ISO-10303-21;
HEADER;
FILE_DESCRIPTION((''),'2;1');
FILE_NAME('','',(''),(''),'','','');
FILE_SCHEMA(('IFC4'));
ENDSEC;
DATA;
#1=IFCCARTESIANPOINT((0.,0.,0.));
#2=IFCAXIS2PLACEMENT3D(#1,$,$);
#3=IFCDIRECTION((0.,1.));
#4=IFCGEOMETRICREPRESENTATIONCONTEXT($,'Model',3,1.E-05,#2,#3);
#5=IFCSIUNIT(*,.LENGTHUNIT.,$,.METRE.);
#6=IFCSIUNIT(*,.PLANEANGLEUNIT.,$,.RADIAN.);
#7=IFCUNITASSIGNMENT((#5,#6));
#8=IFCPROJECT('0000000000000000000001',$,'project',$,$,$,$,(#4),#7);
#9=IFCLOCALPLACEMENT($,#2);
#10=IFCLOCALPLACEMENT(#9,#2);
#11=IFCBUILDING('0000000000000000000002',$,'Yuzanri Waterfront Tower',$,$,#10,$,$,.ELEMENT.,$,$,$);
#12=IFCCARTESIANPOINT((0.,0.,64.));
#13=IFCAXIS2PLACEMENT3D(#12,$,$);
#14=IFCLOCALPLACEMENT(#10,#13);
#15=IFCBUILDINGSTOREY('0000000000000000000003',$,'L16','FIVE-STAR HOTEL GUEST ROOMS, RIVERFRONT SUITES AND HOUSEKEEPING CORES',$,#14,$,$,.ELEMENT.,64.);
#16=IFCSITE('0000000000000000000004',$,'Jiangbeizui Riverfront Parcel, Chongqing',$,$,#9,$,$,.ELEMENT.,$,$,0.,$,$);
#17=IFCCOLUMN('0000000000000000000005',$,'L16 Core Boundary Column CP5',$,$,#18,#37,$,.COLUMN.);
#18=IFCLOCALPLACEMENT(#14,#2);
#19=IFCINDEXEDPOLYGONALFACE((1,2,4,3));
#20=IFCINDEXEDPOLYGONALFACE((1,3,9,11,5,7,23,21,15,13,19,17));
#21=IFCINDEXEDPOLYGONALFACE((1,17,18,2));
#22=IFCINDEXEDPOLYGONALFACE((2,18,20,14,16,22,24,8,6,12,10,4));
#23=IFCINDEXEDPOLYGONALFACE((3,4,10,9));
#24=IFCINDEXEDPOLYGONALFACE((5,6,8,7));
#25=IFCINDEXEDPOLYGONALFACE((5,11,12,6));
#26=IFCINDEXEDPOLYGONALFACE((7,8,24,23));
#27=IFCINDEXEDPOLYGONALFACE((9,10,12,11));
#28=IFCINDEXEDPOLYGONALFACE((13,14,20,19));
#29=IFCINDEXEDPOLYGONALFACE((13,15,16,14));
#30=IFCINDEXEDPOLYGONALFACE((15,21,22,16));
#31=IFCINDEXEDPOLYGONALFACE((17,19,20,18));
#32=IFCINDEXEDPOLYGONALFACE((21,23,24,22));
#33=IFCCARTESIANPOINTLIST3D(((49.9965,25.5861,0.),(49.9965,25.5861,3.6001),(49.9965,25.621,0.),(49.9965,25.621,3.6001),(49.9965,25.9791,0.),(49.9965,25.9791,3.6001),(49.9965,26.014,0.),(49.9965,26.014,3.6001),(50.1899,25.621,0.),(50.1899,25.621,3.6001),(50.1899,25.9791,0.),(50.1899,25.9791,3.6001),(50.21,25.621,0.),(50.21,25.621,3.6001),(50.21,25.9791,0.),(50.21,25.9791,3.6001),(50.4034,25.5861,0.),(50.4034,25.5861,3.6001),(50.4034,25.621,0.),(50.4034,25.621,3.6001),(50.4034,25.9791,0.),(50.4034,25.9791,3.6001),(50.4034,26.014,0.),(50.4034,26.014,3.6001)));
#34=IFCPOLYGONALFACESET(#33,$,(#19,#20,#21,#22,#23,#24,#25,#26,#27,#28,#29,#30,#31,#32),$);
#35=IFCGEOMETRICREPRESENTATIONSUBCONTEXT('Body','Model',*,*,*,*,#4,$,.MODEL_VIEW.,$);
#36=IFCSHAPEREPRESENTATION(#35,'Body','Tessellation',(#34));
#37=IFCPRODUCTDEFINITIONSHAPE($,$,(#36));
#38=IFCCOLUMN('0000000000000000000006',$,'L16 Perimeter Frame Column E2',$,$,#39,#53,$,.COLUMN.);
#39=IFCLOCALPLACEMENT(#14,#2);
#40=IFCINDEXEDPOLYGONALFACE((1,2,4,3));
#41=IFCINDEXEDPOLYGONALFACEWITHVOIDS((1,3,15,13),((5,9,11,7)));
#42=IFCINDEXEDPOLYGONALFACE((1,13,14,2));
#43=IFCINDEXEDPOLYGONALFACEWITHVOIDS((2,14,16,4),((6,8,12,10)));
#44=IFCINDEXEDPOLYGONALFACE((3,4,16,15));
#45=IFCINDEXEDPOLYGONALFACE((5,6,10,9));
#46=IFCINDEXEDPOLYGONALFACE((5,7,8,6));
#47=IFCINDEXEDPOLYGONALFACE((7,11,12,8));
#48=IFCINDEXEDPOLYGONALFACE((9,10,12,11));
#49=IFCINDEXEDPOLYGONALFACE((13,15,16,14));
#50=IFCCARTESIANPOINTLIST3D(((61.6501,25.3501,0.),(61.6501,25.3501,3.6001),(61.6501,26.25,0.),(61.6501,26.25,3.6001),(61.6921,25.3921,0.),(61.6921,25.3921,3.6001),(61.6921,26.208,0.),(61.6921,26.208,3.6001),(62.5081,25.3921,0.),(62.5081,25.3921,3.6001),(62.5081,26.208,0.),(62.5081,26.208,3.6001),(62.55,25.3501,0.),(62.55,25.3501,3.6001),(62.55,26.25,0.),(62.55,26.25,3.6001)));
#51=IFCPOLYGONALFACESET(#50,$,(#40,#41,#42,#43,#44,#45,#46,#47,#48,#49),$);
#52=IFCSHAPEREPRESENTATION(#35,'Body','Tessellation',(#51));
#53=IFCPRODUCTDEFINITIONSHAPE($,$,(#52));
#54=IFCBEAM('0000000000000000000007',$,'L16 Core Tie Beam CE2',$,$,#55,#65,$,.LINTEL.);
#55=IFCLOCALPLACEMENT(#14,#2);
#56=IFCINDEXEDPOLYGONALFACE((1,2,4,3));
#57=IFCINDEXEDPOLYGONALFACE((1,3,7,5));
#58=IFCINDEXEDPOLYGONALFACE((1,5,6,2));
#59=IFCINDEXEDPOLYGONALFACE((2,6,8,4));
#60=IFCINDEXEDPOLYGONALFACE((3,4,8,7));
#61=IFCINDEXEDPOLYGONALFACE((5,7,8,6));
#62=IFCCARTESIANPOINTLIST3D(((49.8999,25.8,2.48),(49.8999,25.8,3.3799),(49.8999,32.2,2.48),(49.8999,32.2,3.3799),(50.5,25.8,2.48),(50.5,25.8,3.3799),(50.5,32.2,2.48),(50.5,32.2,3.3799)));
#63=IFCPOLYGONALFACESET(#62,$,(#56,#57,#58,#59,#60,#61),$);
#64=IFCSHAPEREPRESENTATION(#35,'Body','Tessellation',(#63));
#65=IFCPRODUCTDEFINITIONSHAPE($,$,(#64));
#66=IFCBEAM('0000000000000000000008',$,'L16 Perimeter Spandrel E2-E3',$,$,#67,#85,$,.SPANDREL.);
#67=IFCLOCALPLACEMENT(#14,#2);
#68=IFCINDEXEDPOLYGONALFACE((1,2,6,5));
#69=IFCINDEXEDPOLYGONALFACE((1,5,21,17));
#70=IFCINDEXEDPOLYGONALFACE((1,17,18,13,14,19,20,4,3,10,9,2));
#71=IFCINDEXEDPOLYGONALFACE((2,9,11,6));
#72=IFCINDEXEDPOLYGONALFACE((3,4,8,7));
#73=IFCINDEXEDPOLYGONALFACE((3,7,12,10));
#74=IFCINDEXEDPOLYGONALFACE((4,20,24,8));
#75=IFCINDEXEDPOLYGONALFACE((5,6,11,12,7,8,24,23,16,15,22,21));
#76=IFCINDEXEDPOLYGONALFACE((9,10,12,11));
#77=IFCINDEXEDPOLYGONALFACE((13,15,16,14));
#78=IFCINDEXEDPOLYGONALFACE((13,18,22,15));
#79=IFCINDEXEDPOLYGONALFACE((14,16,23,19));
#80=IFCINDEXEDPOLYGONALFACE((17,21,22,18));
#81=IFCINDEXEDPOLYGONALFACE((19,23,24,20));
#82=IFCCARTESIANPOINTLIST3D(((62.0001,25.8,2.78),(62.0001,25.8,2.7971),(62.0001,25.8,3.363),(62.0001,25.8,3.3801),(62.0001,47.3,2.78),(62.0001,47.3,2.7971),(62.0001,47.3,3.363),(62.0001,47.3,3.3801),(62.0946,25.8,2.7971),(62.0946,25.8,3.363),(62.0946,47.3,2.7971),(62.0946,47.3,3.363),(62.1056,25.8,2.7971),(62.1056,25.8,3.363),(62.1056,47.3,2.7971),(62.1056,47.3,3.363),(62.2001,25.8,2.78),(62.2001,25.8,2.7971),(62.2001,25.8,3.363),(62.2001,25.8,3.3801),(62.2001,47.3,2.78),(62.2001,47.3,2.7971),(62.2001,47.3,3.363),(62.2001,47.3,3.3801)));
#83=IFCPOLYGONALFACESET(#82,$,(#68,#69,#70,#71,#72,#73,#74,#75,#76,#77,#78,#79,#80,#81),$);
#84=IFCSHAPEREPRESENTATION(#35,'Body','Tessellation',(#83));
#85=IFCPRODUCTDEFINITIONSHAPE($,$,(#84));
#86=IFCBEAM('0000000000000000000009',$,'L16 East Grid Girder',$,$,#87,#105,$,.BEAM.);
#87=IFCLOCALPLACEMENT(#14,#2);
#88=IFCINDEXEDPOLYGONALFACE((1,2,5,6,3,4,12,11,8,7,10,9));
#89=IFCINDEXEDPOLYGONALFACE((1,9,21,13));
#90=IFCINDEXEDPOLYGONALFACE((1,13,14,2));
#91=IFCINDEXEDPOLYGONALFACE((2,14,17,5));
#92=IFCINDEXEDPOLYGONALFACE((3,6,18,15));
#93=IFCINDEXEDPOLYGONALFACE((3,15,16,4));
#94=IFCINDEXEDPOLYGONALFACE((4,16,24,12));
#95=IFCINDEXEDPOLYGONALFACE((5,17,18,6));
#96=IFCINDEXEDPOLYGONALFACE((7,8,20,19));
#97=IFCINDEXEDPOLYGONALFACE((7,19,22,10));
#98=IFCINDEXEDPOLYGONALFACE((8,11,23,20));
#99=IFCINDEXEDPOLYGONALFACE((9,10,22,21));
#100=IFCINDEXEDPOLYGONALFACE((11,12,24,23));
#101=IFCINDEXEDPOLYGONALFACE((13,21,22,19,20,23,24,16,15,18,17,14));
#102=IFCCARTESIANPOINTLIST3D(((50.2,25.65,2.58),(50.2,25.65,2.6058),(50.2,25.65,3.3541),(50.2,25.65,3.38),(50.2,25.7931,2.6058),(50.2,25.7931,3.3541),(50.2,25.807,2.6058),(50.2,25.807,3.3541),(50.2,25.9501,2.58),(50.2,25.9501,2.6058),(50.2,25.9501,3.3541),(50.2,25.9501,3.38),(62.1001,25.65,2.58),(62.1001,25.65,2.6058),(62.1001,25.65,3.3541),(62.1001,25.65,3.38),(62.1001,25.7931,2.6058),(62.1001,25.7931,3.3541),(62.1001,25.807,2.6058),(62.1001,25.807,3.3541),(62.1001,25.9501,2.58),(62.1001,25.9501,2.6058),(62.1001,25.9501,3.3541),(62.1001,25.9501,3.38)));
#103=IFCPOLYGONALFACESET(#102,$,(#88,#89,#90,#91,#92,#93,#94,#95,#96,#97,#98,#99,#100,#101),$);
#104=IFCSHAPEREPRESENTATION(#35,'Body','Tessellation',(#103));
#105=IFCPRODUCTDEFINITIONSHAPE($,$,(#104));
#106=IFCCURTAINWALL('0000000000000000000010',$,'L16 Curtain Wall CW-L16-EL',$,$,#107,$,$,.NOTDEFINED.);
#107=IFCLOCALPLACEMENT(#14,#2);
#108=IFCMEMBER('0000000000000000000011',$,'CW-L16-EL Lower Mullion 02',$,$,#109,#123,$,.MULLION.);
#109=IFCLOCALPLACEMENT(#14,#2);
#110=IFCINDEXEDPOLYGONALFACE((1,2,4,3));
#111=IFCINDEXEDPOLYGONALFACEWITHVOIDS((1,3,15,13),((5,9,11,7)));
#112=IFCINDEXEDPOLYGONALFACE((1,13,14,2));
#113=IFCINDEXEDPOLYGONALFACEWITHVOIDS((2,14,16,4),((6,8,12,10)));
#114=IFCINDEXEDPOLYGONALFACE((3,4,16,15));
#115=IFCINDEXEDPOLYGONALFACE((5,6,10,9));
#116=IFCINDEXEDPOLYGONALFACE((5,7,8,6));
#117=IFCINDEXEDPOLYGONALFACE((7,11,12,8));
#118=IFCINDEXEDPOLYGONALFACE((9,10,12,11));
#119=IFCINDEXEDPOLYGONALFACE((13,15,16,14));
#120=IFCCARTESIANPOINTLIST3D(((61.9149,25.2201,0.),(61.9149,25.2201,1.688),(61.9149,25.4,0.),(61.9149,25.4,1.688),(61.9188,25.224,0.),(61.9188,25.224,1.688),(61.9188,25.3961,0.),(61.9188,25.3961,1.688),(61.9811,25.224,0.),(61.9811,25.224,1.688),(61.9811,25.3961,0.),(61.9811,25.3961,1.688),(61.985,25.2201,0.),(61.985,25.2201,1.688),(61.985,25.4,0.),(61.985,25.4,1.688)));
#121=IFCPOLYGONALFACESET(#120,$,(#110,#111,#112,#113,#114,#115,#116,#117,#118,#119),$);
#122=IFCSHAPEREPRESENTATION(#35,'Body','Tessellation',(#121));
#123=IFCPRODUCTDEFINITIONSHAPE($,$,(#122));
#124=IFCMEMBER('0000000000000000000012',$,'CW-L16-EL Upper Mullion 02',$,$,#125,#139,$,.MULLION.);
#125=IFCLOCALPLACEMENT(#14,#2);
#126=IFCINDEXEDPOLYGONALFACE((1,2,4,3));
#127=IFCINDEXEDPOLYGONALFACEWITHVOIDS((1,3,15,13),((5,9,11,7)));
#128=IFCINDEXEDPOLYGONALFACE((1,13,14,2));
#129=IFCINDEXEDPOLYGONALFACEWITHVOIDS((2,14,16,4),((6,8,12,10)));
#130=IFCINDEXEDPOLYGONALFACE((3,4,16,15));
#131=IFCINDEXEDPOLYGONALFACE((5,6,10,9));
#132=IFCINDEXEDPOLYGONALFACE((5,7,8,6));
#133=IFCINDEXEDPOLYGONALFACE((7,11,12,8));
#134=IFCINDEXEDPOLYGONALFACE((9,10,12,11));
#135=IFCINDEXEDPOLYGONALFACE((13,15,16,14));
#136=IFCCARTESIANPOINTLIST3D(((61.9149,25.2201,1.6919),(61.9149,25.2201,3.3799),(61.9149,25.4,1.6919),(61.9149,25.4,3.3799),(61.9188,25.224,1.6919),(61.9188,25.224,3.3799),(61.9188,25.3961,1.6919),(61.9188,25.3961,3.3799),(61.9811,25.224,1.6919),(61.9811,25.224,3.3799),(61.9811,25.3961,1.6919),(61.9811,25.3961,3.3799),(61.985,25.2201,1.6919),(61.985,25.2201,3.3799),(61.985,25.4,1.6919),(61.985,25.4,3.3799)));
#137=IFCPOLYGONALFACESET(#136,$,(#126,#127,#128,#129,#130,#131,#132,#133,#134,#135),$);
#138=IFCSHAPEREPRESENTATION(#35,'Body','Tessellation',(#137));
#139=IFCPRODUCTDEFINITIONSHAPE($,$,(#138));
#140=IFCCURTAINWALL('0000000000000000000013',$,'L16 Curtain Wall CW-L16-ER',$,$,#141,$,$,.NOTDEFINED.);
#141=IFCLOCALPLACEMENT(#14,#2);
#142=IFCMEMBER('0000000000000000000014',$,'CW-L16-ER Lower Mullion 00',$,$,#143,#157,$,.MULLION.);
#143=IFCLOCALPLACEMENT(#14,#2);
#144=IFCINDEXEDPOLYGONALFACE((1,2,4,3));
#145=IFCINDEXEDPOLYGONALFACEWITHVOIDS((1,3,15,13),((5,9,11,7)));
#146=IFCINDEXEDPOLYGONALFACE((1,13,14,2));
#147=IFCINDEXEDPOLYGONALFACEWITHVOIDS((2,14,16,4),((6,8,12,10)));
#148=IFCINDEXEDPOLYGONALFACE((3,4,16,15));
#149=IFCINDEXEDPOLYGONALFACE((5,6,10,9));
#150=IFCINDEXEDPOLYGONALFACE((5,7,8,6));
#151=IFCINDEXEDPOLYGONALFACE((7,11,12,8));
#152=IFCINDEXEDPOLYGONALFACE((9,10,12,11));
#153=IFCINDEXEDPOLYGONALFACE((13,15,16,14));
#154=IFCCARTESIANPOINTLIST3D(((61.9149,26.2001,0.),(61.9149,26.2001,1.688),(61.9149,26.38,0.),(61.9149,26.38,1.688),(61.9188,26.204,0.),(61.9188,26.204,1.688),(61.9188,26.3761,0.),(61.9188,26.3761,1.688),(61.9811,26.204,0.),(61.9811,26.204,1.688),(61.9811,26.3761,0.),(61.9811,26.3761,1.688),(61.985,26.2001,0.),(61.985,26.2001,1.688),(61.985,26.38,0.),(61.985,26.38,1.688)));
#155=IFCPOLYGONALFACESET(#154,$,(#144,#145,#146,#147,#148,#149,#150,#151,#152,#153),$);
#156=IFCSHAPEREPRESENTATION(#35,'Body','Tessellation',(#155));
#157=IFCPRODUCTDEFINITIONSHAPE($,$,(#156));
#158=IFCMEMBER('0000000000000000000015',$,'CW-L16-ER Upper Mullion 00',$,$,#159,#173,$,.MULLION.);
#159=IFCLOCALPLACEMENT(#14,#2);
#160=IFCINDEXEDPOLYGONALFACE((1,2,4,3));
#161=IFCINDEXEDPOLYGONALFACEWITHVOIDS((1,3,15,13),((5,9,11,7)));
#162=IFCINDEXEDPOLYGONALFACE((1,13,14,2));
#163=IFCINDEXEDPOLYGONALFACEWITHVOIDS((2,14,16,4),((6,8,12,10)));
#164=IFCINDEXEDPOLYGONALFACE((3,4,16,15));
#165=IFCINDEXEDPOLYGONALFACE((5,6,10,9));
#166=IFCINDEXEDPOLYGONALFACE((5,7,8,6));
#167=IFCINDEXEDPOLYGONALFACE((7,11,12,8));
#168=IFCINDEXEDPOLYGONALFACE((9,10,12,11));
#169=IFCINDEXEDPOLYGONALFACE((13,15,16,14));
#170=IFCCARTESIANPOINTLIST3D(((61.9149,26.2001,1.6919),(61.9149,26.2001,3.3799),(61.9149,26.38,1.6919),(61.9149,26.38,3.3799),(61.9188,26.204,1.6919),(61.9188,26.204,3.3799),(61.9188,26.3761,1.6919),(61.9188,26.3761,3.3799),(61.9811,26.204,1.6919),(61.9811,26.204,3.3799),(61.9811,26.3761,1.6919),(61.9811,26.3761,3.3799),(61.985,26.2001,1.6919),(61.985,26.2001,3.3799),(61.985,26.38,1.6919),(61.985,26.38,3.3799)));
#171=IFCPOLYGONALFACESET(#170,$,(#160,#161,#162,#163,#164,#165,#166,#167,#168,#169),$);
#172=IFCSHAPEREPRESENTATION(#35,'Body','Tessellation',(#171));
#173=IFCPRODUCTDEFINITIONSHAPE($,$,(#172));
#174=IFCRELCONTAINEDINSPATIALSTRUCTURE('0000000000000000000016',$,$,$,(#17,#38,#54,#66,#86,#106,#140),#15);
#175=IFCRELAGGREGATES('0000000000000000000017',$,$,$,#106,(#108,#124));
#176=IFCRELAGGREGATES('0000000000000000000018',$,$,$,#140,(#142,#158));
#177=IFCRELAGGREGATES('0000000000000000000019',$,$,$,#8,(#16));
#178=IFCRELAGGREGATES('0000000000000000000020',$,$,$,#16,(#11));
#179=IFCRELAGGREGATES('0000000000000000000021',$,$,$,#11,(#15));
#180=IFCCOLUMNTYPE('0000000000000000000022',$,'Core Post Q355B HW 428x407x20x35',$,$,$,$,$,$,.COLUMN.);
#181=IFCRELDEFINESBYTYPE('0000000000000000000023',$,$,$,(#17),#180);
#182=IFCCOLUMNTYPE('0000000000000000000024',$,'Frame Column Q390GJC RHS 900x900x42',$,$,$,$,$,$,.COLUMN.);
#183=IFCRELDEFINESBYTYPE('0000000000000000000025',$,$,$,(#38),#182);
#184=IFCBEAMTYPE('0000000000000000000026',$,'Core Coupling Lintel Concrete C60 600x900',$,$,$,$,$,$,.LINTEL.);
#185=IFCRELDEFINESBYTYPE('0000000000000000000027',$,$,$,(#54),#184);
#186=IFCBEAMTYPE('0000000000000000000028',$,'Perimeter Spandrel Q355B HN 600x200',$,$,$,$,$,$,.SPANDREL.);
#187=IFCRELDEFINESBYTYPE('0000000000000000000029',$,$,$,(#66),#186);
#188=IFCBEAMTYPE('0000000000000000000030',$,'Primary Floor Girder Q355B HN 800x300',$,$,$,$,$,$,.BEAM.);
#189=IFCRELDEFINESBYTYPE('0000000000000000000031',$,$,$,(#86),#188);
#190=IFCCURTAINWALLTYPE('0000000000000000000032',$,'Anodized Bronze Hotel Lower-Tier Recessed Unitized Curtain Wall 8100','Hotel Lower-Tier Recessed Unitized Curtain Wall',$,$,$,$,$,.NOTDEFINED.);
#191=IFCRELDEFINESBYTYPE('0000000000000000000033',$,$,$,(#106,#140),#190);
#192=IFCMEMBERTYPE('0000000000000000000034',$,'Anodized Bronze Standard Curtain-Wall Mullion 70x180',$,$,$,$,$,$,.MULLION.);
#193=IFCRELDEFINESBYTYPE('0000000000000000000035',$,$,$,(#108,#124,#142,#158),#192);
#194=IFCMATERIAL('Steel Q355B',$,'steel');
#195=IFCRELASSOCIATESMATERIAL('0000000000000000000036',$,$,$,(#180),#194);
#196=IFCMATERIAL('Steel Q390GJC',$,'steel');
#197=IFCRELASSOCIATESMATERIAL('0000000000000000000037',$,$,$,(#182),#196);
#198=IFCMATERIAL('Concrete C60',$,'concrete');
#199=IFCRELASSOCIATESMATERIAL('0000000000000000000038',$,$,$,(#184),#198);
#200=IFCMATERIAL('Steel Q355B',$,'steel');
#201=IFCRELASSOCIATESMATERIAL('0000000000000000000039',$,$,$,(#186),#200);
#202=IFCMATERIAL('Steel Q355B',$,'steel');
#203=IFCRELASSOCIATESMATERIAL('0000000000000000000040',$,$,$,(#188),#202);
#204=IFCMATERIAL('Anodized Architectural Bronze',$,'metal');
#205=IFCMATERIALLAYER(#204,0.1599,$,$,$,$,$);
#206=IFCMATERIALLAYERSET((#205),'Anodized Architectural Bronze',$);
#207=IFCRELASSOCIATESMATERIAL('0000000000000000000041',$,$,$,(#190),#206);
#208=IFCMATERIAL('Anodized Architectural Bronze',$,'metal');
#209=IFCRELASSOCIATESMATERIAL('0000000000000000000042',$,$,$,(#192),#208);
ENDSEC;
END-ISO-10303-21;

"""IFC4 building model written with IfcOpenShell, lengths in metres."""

from ifc_helpers import new_model, si_unit, direction, frame, origin, origin_2d, place, context, subcontext, project, spatial, rectangle, hollow_rectangle, i_section, extrude, source, transform, mapped, material, layer, layer_set, material_profile, profile_set, type_object, element, aggregate, save


model = new_model("IFC4")

# Units and contexts
model_context = context("Model", 3, precision=1e-05, world=origin(), true_north=direction((0.0, 1.0)))
body_context = subcontext(model_context, "Body", "Model", "MODEL_VIEW")
ifc_project = project(units=[si_unit("LENGTHUNIT", "METRE"), si_unit("PLANEANGLEUNIT", "RADIAN")], contexts=[model_context])

# Site, building, storey
site_placement = place(None, origin())
site = spatial("IfcSite", under=ifc_project, at=site_placement, Name="Jiangbeizui Riverfront Parcel, Chongqing", CompositionType="ELEMENT", RefElevation=0.0)
building_placement = place(site_placement, origin())
building = spatial("IfcBuilding", under=site, at=building_placement, Name="Yuzanri Waterfront Tower", CompositionType="ELEMENT")
storey_placement = place(building_placement, frame((0.0, 0.0, 64.0)))
storey = spatial("IfcBuildingStorey", under=building, at=storey_placement, Name="L16", Description="FIVE-STAR HOTEL GUEST ROOMS, RIVERFRONT SUITES AND HOUSEKEEPING CORES", CompositionType="ELEMENT", Elevation=64.0)

# Columns
ifc_material_1 = material(Name="Steel Q355B", Category="steel")
ifc_material_profile_1 = material_profile(ifc_material_1, i_section(OverallWidth=0.407, OverallDepth=0.428, WebThickness=0.02, FlangeThickness=0.0349, at=origin_2d()), Name="HW 428x407x20x35")
ifc_profile_set_1 = profile_set([ifc_material_profile_1], Name="Steel Q355B")
column_type_1 = type_object("IfcColumnType", Name="Core Post Q355B HW 428x407x20x35", PredefinedType="COLUMN", material=ifc_profile_set_1)
shared_shape_1 = source(origin(), body_context, "Body", "SweptSolid", [
    extrude(i_section(OverallWidth=0.407, OverallDepth=0.428, WebThickness=0.02, FlangeThickness=0.0349, at=origin_2d()), origin(), (0.0, 0.0, 1.0), 3.6001),
])
column_1_placement = place(storey_placement, frame((50.2, 25.8, 0.0), z_axis=(0.0, 0.0, 1.0), x_axis=(1.0, 0.0, 0.0)))
element("IfcColumn", 1, at=column_1_placement, inside=storey, type_object=column_type_1, Name="L16 Core Boundary Column CP5", PredefinedType="COLUMN", context=body_context, shape_type="MappedRepresentation", body=[
    mapped(shared_shape_1, transform((0.0, 0.0, 0.0), scale=1.0)),
])
ifc_material_2 = material(Name="Steel Q390GJC", Category="steel")
ifc_material_profile_2 = material_profile(ifc_material_2, hollow_rectangle(XDim=0.8999, YDim=0.8999, WallThickness=0.042, at=origin_2d()), Name="RHS 900x900x42")
ifc_profile_set_2 = profile_set([ifc_material_profile_2], Name="Steel Q390GJC")
column_type_2 = type_object("IfcColumnType", Name="Frame Column Q390GJC RHS 900x900x42", PredefinedType="COLUMN", material=ifc_profile_set_2)
shared_shape_2 = source(origin(), body_context, "Body", "SweptSolid", [
    extrude(hollow_rectangle(XDim=0.8999, YDim=0.8999, WallThickness=0.042, at=origin_2d()), origin(), (0.0, 0.0, 1.0), 3.6001),
])
column_2_placement = place(storey_placement, frame((62.1001, 25.8, 0.0), z_axis=(0.0, 0.0, 1.0), x_axis=(1.0, 0.0, 0.0)))
element("IfcColumn", 2, at=column_2_placement, inside=storey, type_object=column_type_2, Name="L16 Perimeter Frame Column E2", PredefinedType="COLUMN", context=body_context, shape_type="MappedRepresentation", body=[
    mapped(shared_shape_2, transform((0.0, 0.0, 0.0), scale=1.0)),
])

# Beams
ifc_material_3 = material(Name="Concrete C60", Category="concrete")
ifc_material_profile_3 = material_profile(ifc_material_3, rectangle(XDim=0.6001, YDim=0.8999, at=origin_2d()), Name="RC 600x900")
ifc_profile_set_3 = profile_set([ifc_material_profile_3], Name="Concrete C60")
beam_type_1 = type_object("IfcBeamType", Name="Core Coupling Lintel Concrete C60 600x900", PredefinedType="LINTEL", material=ifc_profile_set_3)
shared_shape_3 = source(origin(), body_context, "Body", "SweptSolid", [
    extrude(rectangle(XDim=0.6001, YDim=0.8999, at=origin_2d()), origin(), (0.0, 0.0, 1.0), 6.3999),
])
beam_1_placement = place(storey_placement, frame((50.2, 25.8, 2.9299), z_axis=(0.0, 1.0, 0.0), x_axis=(-1.0, 0.0, 0.0)))
element("IfcBeam", 3, at=beam_1_placement, inside=storey, type_object=beam_type_1, Name="L16 Core Tie Beam CE2", PredefinedType="LINTEL", context=body_context, shape_type="MappedRepresentation", body=[
    mapped(shared_shape_3, transform((0.0, 0.0, 0.0), scale=1.0)),
])
ifc_material_4 = material(Name="Steel Q355B", Category="steel")
ifc_material_profile_4 = material_profile(ifc_material_4, i_section(OverallWidth=0.2, OverallDepth=0.6001, WebThickness=0.011, FlangeThickness=0.0171, at=origin_2d()), Name="HN 600x200x11x17")
ifc_profile_set_4 = profile_set([ifc_material_profile_4], Name="Steel Q355B")
beam_type_2 = type_object("IfcBeamType", Name="Perimeter Spandrel Q355B HN 600x200", PredefinedType="SPANDREL", material=ifc_profile_set_4)
shared_shape_4 = source(origin(), body_context, "Body", "SweptSolid", [
    extrude(i_section(OverallWidth=0.2, OverallDepth=0.6001, WebThickness=0.011, FlangeThickness=0.0171, at=origin_2d()), origin(), (0.0, 0.0, 1.0), 21.5),
])
beam_2_placement = place(storey_placement, frame((62.1001, 25.8, 3.0801), z_axis=(0.0, 1.0, 0.0), x_axis=(-1.0, 0.0, 0.0)))
element("IfcBeam", 4, at=beam_2_placement, inside=storey, type_object=beam_type_2, Name="L16 Perimeter Spandrel E2-E3", PredefinedType="SPANDREL", context=body_context, shape_type="MappedRepresentation", body=[
    mapped(shared_shape_4, transform((0.0, 0.0, 0.0), scale=1.0)),
])
ifc_material_5 = material(Name="Steel Q355B", Category="steel")
ifc_material_profile_5 = material_profile(ifc_material_5, i_section(OverallWidth=0.3, OverallDepth=0.8, WebThickness=0.0139, FlangeThickness=0.0259, at=origin_2d()), Name="HN 800x300x14x26")
ifc_profile_set_5 = profile_set([ifc_material_profile_5], Name="Steel Q355B")
beam_type_3 = type_object("IfcBeamType", Name="Primary Floor Girder Q355B HN 800x300", PredefinedType="BEAM", material=ifc_profile_set_5)
shared_shape_5 = source(origin(), body_context, "Body", "SweptSolid", [
    extrude(i_section(OverallWidth=0.3, OverallDepth=0.8, WebThickness=0.0139, FlangeThickness=0.0259, at=origin_2d()), origin(), (0.0, 0.0, 1.0), 11.9001),
])
beam_3_placement = place(storey_placement, frame((50.2, 25.8, 2.98), z_axis=(1.0, 0.0, 0.0), x_axis=(0.0, 1.0, 0.0)))
element("IfcBeam", 5, at=beam_3_placement, inside=storey, type_object=beam_type_3, Name="L16 East Grid Girder", PredefinedType="BEAM", context=body_context, shape_type="MappedRepresentation", body=[
    mapped(shared_shape_5, transform((0.0, 0.0, 0.0), scale=1.0)),
])

# Curtain wall, members
ifc_material_6 = material(Name="Anodized Architectural Bronze", Category="metal")
ifc_layer_1 = layer(ifc_material_6, 0.1599)
ifc_layer_set_1 = layer_set([ifc_layer_1], Name="Anodized Architectural Bronze")
curtain_wall_type = type_object("IfcCurtainWallType", Name="Anodized Bronze Hotel Lower-Tier Recessed Unitized Curtain Wall 8100", Description="Hotel Lower-Tier Recessed Unitized Curtain Wall", PredefinedType="NOTDEFINED", material=ifc_layer_set_1)
curtain_wall_1_placement = place(storey_placement, origin())
curtain_wall_1 = element("IfcCurtainWall", 6, at=curtain_wall_1_placement, inside=storey, type_object=curtain_wall_type, Name="L16 Curtain Wall CW-L16-EL", PredefinedType="NOTDEFINED")
ifc_material_7 = material(Name="Anodized Architectural Bronze", Category="metal")
ifc_material_profile_6 = material_profile(ifc_material_7, hollow_rectangle(XDim=0.0701, YDim=0.1799, WallThickness=0.0039, at=origin_2d()), Name="CWM 70x180")
ifc_profile_set_6 = profile_set([ifc_material_profile_6], Name="Anodized Architectural Bronze")
member_type_1 = type_object("IfcMemberType", Name="Anodized Bronze Standard Curtain-Wall Mullion 70x180", PredefinedType="MULLION", material=ifc_profile_set_6)
shared_shape_6 = source(origin(), body_context, "Body", "SweptSolid", [
    extrude(hollow_rectangle(XDim=0.0701, YDim=0.1799, WallThickness=0.0039, at=origin_2d()), origin(), (0.0, 0.0, 1.0), 1.688),
])
member_1_placement = place(storey_placement, frame((61.95, 25.3101, 0.0), z_axis=(0.0, 0.0, 1.0), x_axis=(1.0, 0.0, 0.0)))
member_1 = element("IfcMember", 7, at=member_1_placement, type_object=member_type_1, Name="CW-L16-EL Lower Mullion 02", PredefinedType="MULLION", context=body_context, shape_type="MappedRepresentation", body=[
    mapped(shared_shape_6, transform((0.0, 0.0, 0.0), scale=1.0)),
])
member_2_placement = place(storey_placement, frame((61.95, 25.3101, 1.6919), z_axis=(0.0, 0.0, 1.0), x_axis=(1.0, 0.0, 0.0)))
member_2 = element("IfcMember", 8, at=member_2_placement, type_object=member_type_1, Name="CW-L16-EL Upper Mullion 02", PredefinedType="MULLION", context=body_context, shape_type="MappedRepresentation", body=[
    mapped(shared_shape_6, transform((0.0, 0.0, 0.0), scale=1.0)),
])
aggregate(curtain_wall_1, [member_1, member_2])

# Curtain wall, members
curtain_wall_2_placement = place(storey_placement, origin())
curtain_wall_2 = element("IfcCurtainWall", 9, at=curtain_wall_2_placement, inside=storey, type_object=curtain_wall_type, Name="L16 Curtain Wall CW-L16-ER", PredefinedType="NOTDEFINED")
member_3_placement = place(storey_placement, frame((61.95, 26.29, 0.0), z_axis=(0.0, 0.0, 1.0), x_axis=(1.0, 0.0, 0.0)))
member_3 = element("IfcMember", 10, at=member_3_placement, type_object=member_type_1, Name="CW-L16-ER Lower Mullion 00", PredefinedType="MULLION", context=body_context, shape_type="MappedRepresentation", body=[
    mapped(shared_shape_6, transform((0.0, 0.0, 0.0), scale=1.0)),
])
member_4_placement = place(storey_placement, frame((61.95, 26.29, 1.6919), z_axis=(0.0, 0.0, 1.0), x_axis=(1.0, 0.0, 0.0)))
member_4 = element("IfcMember", 11, at=member_4_placement, type_object=member_type_1, Name="CW-L16-ER Upper Mullion 00", PredefinedType="MULLION", context=body_context, shape_type="MappedRepresentation", body=[
    mapped(shared_shape_6, transform((0.0, 0.0, 0.0), scale=1.0)),
])
aggregate(curtain_wall_2, [member_3, member_4])

save(model, "model.ifc")
